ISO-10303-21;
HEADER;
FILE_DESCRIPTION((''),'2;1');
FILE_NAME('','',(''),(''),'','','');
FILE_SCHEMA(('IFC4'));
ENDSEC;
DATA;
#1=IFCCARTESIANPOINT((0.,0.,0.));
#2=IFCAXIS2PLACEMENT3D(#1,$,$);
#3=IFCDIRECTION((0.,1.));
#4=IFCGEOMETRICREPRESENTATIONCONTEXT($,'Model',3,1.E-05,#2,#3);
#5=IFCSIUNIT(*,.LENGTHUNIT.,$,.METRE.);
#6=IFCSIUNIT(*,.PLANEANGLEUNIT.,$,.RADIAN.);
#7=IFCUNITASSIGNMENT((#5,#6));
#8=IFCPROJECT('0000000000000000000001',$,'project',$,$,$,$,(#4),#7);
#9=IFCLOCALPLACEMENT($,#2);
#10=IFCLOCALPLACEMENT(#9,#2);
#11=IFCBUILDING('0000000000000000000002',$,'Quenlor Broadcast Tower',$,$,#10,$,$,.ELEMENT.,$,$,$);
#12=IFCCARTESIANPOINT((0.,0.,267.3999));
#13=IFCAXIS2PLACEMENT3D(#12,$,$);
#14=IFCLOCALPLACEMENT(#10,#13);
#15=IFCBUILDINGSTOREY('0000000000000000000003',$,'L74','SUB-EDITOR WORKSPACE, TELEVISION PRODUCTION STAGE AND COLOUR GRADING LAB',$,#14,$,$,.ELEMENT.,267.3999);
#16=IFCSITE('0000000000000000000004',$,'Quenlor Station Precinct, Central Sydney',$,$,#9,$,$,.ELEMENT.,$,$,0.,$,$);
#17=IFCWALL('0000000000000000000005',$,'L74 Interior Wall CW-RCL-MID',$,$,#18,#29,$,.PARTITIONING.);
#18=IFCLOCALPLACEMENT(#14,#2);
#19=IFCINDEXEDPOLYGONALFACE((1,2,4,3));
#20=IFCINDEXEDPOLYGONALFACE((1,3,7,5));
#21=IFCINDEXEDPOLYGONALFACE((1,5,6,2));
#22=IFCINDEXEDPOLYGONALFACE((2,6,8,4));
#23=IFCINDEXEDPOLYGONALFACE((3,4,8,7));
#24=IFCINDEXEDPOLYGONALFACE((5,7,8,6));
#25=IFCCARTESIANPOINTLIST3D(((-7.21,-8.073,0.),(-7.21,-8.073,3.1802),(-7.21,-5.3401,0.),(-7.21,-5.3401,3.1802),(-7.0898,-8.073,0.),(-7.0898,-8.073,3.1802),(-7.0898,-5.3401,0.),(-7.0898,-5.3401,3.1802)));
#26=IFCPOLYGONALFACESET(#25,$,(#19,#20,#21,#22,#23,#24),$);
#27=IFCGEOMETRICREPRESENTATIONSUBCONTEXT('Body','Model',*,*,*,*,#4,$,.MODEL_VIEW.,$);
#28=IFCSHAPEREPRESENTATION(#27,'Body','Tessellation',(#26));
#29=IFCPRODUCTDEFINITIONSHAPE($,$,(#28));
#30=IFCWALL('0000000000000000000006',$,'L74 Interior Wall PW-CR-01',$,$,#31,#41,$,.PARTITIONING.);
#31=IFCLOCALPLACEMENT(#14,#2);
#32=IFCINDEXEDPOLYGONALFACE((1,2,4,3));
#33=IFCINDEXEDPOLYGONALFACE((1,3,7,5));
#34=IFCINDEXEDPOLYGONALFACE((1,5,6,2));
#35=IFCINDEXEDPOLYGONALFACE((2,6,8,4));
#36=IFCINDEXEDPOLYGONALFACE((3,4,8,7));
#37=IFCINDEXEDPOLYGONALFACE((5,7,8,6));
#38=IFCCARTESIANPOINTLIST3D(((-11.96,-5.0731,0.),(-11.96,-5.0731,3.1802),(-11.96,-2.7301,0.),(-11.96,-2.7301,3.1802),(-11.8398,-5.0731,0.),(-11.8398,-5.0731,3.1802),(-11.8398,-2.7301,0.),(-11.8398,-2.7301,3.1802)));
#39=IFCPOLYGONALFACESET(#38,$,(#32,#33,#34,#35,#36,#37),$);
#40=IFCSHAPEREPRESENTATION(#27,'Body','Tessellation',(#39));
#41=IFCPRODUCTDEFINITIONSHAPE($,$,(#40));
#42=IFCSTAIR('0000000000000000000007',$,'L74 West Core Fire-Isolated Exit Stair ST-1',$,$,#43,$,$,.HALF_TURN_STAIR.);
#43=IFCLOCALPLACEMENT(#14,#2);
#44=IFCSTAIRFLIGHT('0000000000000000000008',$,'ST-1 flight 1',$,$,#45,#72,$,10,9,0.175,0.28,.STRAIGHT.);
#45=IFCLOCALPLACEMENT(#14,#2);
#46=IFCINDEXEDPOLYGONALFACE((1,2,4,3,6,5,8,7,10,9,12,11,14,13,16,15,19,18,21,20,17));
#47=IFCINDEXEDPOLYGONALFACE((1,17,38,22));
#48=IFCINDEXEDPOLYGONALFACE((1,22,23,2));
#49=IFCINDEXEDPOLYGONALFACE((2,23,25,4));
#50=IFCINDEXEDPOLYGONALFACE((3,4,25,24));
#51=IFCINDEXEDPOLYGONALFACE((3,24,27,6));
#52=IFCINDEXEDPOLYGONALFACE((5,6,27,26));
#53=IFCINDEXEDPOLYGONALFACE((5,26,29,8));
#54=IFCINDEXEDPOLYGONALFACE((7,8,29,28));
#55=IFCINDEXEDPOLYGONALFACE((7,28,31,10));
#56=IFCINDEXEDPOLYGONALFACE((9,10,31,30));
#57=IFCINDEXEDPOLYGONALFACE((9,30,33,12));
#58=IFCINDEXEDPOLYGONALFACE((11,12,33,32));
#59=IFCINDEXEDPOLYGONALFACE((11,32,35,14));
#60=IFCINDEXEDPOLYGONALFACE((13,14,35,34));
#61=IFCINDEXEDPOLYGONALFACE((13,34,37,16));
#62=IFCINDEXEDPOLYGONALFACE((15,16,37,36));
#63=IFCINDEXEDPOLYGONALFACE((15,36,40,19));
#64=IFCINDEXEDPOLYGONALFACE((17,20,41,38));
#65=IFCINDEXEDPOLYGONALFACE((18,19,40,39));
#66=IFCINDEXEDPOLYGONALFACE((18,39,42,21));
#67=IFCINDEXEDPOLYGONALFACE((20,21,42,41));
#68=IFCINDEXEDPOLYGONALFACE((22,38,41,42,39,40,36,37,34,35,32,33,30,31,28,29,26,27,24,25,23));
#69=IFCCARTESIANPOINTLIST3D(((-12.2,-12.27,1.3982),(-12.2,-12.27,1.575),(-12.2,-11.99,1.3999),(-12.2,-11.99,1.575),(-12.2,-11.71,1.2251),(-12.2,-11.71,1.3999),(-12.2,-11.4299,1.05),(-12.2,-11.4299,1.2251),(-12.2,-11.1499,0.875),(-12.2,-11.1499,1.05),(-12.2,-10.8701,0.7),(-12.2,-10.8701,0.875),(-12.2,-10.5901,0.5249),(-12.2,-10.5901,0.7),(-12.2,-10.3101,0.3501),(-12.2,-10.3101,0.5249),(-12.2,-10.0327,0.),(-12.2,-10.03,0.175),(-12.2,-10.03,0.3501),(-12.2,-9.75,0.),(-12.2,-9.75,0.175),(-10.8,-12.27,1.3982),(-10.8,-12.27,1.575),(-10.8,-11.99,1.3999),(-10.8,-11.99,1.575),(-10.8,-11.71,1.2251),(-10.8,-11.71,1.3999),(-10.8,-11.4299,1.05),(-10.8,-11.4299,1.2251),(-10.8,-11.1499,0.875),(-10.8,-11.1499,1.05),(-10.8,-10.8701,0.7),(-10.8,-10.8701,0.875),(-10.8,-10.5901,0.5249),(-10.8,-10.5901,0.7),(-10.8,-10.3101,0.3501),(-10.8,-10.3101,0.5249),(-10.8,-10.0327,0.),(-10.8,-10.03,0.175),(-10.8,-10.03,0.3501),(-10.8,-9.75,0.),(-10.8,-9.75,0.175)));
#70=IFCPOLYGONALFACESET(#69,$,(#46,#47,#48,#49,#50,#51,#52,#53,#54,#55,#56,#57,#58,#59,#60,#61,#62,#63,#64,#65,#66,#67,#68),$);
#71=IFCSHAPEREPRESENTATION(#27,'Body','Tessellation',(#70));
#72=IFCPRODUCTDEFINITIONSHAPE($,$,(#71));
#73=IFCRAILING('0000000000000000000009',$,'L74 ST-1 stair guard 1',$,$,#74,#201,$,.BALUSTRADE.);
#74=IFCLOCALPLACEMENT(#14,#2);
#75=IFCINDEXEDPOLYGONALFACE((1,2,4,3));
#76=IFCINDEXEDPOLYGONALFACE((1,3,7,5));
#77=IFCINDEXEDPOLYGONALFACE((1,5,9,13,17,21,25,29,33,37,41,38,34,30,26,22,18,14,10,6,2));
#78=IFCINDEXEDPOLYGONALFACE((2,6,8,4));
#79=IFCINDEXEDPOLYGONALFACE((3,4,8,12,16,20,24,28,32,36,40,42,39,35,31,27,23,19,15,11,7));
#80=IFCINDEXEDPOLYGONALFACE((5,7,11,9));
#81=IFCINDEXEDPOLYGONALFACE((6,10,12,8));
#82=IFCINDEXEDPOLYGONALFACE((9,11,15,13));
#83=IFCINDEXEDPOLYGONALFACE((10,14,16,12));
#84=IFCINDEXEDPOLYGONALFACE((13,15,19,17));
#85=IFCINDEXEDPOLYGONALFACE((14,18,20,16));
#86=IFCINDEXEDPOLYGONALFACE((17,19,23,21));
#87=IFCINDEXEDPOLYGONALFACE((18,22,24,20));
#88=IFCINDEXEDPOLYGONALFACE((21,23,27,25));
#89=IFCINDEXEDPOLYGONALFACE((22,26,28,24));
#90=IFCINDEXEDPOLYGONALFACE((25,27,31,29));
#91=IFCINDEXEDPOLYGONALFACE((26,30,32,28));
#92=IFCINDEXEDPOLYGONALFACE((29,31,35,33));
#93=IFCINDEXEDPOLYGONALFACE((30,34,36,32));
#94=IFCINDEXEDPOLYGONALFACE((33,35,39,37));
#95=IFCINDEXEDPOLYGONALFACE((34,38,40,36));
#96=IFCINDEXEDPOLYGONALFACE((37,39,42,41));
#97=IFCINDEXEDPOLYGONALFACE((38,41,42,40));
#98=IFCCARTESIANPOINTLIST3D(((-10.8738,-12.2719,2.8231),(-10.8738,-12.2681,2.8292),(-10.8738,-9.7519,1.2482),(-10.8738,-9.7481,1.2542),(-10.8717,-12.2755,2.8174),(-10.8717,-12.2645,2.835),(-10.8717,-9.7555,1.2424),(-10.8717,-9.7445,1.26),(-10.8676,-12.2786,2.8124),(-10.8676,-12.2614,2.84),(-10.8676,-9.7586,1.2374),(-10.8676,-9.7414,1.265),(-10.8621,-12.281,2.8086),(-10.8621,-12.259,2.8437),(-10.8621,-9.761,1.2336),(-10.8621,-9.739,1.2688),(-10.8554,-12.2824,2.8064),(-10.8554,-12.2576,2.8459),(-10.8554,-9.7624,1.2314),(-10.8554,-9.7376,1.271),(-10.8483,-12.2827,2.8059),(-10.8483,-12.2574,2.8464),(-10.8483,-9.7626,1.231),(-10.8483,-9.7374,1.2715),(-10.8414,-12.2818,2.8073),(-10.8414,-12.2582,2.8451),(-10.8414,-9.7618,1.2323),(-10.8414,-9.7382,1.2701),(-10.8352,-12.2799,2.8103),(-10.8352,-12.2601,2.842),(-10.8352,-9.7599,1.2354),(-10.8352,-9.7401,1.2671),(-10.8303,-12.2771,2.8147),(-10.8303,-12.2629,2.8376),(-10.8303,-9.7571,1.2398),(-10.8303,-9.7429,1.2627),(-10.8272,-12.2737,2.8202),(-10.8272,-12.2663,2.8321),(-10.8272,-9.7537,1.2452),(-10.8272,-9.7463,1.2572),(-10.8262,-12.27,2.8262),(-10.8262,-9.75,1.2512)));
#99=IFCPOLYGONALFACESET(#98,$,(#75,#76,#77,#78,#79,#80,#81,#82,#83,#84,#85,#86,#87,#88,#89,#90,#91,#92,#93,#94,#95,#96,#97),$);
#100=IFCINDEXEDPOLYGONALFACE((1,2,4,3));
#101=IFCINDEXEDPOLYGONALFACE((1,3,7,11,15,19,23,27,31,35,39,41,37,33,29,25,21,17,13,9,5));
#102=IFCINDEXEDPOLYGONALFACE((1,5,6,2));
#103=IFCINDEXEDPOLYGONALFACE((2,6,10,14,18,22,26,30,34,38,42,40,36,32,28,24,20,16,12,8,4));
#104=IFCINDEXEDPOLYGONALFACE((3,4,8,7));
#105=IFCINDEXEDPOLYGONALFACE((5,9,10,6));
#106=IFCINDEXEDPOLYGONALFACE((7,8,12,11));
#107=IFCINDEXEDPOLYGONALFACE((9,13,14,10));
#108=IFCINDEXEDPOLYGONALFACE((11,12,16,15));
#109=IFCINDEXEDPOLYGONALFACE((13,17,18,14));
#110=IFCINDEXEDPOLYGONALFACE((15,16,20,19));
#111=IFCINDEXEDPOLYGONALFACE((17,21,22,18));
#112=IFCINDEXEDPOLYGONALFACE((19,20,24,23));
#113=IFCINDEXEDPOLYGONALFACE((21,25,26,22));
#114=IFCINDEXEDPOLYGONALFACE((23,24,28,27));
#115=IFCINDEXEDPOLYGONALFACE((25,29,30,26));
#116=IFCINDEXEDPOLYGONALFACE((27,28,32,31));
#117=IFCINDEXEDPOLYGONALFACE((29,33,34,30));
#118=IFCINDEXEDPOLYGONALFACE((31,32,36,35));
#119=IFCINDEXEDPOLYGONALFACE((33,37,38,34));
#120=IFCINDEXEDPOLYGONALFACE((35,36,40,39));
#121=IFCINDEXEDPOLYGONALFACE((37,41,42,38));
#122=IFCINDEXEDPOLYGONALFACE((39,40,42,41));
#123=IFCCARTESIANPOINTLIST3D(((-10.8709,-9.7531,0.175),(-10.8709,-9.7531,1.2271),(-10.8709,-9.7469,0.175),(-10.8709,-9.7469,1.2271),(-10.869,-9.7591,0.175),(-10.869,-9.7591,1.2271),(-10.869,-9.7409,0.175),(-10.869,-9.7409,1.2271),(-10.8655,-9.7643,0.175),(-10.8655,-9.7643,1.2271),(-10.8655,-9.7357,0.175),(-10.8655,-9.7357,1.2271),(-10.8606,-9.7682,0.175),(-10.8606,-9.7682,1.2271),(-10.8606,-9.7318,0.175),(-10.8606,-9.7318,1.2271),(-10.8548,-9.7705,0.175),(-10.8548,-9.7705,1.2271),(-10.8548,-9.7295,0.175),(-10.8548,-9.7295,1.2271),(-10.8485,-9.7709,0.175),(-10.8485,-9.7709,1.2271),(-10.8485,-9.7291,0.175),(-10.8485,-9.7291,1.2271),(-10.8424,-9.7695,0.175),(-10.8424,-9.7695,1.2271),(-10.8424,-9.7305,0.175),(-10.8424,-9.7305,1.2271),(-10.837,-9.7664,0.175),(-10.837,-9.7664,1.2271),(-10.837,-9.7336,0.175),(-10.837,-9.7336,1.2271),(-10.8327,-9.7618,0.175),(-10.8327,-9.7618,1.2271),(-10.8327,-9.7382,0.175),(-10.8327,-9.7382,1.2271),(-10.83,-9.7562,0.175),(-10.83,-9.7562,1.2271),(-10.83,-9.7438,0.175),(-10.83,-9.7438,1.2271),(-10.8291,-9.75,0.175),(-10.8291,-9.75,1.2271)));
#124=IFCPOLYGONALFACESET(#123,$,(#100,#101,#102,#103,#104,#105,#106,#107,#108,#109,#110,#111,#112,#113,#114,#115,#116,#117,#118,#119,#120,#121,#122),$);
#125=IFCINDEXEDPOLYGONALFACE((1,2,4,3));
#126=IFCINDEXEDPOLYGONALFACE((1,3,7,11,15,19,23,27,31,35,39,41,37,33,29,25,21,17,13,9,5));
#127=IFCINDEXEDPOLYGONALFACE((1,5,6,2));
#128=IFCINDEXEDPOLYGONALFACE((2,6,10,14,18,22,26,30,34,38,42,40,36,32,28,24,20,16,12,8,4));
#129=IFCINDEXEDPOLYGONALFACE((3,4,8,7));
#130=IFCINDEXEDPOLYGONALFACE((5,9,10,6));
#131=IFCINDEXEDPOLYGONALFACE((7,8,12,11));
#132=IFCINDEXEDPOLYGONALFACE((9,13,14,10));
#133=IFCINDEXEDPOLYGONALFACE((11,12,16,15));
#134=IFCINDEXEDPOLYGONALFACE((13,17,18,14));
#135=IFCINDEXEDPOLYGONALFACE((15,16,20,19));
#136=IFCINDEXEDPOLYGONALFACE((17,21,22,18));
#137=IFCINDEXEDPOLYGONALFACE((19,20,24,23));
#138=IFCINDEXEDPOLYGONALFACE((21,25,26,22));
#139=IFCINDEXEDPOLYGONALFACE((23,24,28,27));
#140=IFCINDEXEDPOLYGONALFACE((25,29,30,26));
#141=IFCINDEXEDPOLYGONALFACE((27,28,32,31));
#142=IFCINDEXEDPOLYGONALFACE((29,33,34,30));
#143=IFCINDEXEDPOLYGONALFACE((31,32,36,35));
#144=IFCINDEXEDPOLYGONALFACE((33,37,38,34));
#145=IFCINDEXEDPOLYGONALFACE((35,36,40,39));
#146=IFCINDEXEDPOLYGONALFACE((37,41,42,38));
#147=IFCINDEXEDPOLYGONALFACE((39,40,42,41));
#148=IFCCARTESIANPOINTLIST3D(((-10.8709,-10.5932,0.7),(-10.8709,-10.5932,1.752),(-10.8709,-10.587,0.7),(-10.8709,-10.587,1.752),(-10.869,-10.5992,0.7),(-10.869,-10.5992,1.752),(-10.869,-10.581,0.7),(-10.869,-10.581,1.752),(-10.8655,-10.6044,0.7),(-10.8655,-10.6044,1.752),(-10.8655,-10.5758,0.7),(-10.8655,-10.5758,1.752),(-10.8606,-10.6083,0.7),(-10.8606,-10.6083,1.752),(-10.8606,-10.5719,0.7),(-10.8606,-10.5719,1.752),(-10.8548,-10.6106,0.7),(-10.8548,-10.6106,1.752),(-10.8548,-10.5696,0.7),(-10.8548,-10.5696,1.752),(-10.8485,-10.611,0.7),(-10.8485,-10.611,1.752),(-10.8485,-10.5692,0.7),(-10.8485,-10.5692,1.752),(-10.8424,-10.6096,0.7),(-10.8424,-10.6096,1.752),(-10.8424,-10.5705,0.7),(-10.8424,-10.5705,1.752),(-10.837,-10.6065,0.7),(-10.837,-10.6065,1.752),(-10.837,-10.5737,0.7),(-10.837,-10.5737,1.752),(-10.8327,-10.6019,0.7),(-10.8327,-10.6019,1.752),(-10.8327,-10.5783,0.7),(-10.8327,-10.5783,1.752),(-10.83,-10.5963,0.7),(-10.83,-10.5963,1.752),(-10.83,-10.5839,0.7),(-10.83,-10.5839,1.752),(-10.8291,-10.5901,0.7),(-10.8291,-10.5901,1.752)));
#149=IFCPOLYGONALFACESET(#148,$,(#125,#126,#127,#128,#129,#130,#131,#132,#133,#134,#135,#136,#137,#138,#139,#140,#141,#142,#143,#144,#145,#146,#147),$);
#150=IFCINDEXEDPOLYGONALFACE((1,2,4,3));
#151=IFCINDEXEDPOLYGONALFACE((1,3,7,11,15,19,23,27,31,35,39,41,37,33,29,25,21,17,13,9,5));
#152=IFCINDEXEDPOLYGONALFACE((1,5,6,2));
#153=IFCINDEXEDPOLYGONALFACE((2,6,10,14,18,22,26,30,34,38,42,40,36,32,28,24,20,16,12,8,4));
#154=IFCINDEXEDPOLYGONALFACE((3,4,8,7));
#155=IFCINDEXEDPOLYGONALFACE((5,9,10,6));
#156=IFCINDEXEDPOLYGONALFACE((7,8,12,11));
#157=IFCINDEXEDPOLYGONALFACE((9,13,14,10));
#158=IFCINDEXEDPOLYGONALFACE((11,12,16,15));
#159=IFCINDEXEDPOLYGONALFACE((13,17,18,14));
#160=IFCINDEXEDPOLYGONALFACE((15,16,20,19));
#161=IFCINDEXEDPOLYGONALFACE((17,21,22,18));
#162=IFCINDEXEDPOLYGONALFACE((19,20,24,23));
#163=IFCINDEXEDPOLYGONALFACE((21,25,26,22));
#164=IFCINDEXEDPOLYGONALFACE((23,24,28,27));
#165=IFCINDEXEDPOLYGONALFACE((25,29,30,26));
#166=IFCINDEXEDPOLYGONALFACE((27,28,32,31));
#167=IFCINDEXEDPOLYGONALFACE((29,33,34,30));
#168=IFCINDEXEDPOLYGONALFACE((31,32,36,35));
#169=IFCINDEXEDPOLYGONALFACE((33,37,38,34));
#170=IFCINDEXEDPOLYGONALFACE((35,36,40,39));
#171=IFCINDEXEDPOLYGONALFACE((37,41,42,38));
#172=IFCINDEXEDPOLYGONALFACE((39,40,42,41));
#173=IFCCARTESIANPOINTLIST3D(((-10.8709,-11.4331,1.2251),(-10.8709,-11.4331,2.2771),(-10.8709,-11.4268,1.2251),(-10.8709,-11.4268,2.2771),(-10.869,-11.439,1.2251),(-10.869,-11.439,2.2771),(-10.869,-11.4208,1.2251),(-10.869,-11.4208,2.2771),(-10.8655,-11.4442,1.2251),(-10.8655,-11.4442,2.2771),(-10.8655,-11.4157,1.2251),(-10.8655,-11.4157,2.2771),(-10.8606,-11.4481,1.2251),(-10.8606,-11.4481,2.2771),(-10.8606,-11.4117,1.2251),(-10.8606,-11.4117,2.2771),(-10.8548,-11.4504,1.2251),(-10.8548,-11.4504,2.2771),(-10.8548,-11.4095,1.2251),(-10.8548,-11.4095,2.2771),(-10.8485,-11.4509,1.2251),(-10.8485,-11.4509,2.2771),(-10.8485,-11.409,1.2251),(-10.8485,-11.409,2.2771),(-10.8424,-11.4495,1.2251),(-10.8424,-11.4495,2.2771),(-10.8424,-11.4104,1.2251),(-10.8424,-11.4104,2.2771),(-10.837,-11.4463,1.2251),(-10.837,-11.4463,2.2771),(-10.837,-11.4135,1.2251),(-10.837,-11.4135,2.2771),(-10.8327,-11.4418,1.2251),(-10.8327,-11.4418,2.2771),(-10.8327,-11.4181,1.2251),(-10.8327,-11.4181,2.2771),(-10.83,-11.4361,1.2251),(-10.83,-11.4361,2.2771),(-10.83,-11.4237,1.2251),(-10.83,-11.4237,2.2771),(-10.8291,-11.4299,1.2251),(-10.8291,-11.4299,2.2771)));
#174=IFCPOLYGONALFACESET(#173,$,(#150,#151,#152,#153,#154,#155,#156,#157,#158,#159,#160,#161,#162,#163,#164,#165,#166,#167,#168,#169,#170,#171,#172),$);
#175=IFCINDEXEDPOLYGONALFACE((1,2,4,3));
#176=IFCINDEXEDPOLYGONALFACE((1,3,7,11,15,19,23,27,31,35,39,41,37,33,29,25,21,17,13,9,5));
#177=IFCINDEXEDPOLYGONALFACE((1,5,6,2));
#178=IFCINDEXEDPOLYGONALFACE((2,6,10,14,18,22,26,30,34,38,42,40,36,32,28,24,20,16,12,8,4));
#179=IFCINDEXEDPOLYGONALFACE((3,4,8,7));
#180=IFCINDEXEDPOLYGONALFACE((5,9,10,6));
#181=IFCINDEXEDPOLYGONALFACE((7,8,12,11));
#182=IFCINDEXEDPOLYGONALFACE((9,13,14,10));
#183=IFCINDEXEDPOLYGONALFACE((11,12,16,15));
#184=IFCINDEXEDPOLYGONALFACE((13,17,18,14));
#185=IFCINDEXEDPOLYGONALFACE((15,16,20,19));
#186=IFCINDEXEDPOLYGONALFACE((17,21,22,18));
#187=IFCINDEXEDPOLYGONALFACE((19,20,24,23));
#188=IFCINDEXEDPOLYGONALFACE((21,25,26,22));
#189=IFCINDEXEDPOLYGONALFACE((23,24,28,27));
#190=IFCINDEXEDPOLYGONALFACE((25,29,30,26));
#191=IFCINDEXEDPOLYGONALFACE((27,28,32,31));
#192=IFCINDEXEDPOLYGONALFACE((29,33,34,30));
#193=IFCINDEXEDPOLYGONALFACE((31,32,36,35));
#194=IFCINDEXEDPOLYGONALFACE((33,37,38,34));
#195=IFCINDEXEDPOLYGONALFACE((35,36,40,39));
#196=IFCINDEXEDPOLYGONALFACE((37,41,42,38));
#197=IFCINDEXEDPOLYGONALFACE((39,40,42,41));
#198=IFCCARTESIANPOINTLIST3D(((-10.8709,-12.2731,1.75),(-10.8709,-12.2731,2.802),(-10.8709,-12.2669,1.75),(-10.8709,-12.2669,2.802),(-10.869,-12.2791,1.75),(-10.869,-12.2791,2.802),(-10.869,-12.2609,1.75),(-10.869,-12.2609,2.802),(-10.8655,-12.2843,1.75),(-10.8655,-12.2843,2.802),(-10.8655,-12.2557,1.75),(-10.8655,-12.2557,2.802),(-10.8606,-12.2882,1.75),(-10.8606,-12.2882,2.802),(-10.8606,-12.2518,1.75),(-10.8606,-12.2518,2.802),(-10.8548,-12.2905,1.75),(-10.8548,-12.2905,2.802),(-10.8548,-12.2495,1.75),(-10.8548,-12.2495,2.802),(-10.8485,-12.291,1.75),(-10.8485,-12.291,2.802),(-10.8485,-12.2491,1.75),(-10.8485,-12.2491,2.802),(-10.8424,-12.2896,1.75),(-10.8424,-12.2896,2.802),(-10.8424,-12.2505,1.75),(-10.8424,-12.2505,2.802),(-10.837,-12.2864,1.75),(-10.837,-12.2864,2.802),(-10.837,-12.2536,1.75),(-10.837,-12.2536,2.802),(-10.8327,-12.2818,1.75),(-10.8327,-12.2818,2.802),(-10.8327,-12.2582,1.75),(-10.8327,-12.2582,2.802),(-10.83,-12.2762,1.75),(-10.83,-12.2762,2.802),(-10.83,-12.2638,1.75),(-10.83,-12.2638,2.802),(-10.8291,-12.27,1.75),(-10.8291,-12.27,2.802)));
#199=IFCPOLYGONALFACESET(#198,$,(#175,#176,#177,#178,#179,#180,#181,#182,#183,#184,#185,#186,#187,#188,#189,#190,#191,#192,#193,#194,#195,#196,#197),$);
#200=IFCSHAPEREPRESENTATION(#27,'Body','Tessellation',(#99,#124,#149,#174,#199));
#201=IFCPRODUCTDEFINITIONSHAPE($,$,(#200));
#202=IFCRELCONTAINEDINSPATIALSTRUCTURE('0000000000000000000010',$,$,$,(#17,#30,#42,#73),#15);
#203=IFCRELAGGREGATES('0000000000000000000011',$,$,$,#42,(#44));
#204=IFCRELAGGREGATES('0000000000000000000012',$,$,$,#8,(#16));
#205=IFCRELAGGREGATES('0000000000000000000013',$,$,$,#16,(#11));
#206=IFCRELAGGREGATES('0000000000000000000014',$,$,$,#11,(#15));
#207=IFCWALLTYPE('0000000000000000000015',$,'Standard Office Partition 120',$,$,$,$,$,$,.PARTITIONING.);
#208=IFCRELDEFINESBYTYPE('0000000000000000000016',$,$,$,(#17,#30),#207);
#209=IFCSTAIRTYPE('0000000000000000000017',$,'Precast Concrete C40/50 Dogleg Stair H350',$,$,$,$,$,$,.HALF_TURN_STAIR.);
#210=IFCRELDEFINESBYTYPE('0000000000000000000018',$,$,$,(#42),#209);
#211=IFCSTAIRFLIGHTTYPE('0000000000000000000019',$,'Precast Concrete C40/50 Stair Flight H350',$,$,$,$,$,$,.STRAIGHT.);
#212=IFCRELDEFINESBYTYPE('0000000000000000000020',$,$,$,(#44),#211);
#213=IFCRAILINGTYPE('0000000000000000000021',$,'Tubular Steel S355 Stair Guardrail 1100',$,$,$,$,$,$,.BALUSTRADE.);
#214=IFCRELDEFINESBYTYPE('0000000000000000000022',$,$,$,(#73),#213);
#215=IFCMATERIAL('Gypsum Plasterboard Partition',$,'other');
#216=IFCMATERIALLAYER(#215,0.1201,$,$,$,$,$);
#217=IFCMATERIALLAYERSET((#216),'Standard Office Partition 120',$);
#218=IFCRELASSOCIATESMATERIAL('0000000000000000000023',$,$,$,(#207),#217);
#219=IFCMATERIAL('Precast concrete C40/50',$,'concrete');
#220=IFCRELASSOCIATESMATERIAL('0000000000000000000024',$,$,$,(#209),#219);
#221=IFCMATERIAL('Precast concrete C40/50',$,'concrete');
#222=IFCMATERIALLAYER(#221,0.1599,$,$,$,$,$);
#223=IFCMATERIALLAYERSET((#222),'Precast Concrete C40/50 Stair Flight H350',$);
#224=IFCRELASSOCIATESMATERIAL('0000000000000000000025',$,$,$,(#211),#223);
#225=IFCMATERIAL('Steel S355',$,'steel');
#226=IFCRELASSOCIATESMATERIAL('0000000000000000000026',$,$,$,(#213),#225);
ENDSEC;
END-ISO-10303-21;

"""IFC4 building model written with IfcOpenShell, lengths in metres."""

from ifc_helpers import new_model, si_unit, direction, frame, frame_2d, origin, origin_2d, place, context, subcontext, project, spatial, polyline, rectangle, circle, outline, extrude, material, layer, layer_set, type_object, element, aggregate, save


model = new_model("IFC4")

# Units and contexts
model_context = context("Model", 3, precision=1e-05, world=origin(), true_north=direction((0.0, 1.0)))
body_context = subcontext(model_context, "Body", "Model", "MODEL_VIEW")
ifc_project = project(units=[si_unit("LENGTHUNIT", "METRE"), si_unit("PLANEANGLEUNIT", "RADIAN")], contexts=[model_context])

# Site, building, storey
site_placement = place(None, origin())
site = spatial("IfcSite", under=ifc_project, at=site_placement, Name="Quenlor Station Precinct, Central Sydney", CompositionType="ELEMENT", RefElevation=0.0)
building_placement = place(site_placement, origin())
building = spatial("IfcBuilding", under=site, at=building_placement, Name="Quenlor Broadcast Tower", CompositionType="ELEMENT")
storey_placement = place(building_placement, frame((0.0, 0.0, 267.3999)))
storey = spatial("IfcBuildingStorey", under=building, at=storey_placement, Name="L74", Description="SUB-EDITOR WORKSPACE, TELEVISION PRODUCTION STAGE AND COLOUR GRADING LAB", CompositionType="ELEMENT", Elevation=267.3999)

# Wall
ifc_material_1 = material(Name="Gypsum Plasterboard Partition", Category="other")
ifc_layer_1 = layer(ifc_material_1, 0.1201)
ifc_layer_set_1 = layer_set([ifc_layer_1], Name="Standard Office Partition 120")
wall_type_1 = type_object("IfcWallType", Name="Standard Office Partition 120", PredefinedType="PARTITIONING", material=ifc_layer_set_1)
wall_1_placement = place(storey_placement, frame((-7.1499, -8.073, 0.0), z_axis=(0.0, 0.0, 1.0), x_axis=(0.0, 1.0, 0.0)))
element("IfcWall", 1, at=wall_1_placement, inside=storey, type_object=wall_type_1, Name="L74 Interior Wall CW-RCL-MID", PredefinedType="PARTITIONING", context=body_context, shape_type="SweptSolid", body=[
    extrude(rectangle(XDim=2.7329, YDim=0.1201, at=frame_2d((1.3665, 0.0))), origin(), (0.0, 0.0, 1.0), 3.1802),
])

# Wall
wall_2_placement = place(storey_placement, frame((-11.8999, -5.073, 0.0), z_axis=(0.0, 0.0, 1.0), x_axis=(0.0, 1.0, 0.0)))
element("IfcWall", 2, at=wall_2_placement, inside=storey, type_object=wall_type_1, Name="L74 Interior Wall PW-CR-01", PredefinedType="PARTITIONING", context=body_context, shape_type="SweptSolid", body=[
    extrude(rectangle(XDim=2.343, YDim=0.1201, at=frame_2d((1.1714, 0.0))), origin(), (0.0, 0.0, 1.0), 3.1802),
])

# Stair, stair flight
ifc_material_2 = material(Name="Precast concrete C40/50", Category="concrete")
stair_type = type_object("IfcStairType", Name="Precast Concrete C40/50 Dogleg Stair H350", PredefinedType="HALF_TURN_STAIR", material=ifc_material_2)
stair_placement = place(storey_placement, origin())
stair = element("IfcStair", 3, at=stair_placement, inside=storey, type_object=stair_type, Name="L74 West Core Fire-Isolated Exit Stair ST-1", PredefinedType="HALF_TURN_STAIR")
ifc_material_3 = material(Name="Precast concrete C40/50", Category="concrete")
ifc_layer_2 = layer(ifc_material_3, 0.1599)
ifc_layer_set_2 = layer_set([ifc_layer_2], Name="Precast Concrete C40/50 Stair Flight H350")
stair_flight_type = type_object("IfcStairFlightType", Name="Precast Concrete C40/50 Stair Flight H350", PredefinedType="STRAIGHT", material=ifc_layer_set_2)
stair_flight_placement = place(storey_placement, frame((-11.5, -9.75, 0.0), z_axis=(0.0, 0.0, 1.0), x_axis=(0.0, -1.0, 0.0)))
stair_flight = element("IfcStairFlight", 4, at=stair_flight_placement, type_object=stair_flight_type, Name="ST-1 flight 1", NumberOfRisers=10, NumberOfTreads=9, PredefinedType="STRAIGHT", RiserHeight=0.175, TreadLength=0.28, context=body_context, shape_type="SweptSolid", body=[
    extrude(outline(polyline([(0.0, 0.0), (0.0, 0.175), (0.28, 0.175), (0.28, 0.3501), (0.5601, 0.3501), (0.5601, 0.5249), (0.8401, 0.5249), (0.8401, 0.7), (1.1201, 0.7), (1.1201, 0.875), (1.3999, 0.875), (1.3999, 1.05), (1.6799, 1.05), (1.6799, 1.2251), (1.96, 1.2251), (1.96, 1.3999), (2.24, 1.3999), (2.24, 1.575), (2.52, 1.575), (2.52, 1.75), (2.52, 1.3982), (0.2827, 0.0), (0.0, 0.0)])), frame((0.0, 0.7, 0.0), z_axis=(0.0, -1.0, 0.0), x_axis=(1.0, 0.0, 0.0)), (0.0, 0.0, 1.0), 1.3999),
])
aggregate(stair, [stair_flight])

# Railing
ifc_material_4 = material(Name="Steel S355", Category="steel")
railing_type = type_object("IfcRailingType", Name="Tubular Steel S355 Stair Guardrail 1100", PredefinedType="BALUSTRADE", material=ifc_material_4)
railing_1_placement = place(storey_placement, frame((-10.8501, -9.75, 0.175)))
element("IfcRailing", 5, at=railing_1_placement, inside=storey, type_object=railing_type, Name="L74 ST-1 stair guard 1", PredefinedType="BALUSTRADE", context=body_context, shape_type="SweptSolid", body=[
    extrude(circle(Radius=0.0239, at=origin_2d()), frame((0.0, 0.0, 1.0762), z_axis=(0.0, -0.848008, 0.529984), x_axis=(1.0, 0.0, 0.0)), (0.0, 0.0, 1.0), 2.9717),
    extrude(circle(Radius=0.021, at=origin_2d()), origin(), (0.0, 0.0, 1.0), 1.052),
    extrude(circle(Radius=0.021, at=origin_2d()), frame((0.0, -0.8401, 0.5249)), (0.0, 0.0, 1.0), 1.052),
    extrude(circle(Radius=0.021, at=origin_2d()), frame((0.0, -1.6799, 1.05)), (0.0, 0.0, 1.0), 1.052),
    extrude(circle(Radius=0.021, at=origin_2d()), frame((0.0, -2.52, 1.575)), (0.0, 0.0, 1.0), 1.052),
])

save(model, "model.ifc")
